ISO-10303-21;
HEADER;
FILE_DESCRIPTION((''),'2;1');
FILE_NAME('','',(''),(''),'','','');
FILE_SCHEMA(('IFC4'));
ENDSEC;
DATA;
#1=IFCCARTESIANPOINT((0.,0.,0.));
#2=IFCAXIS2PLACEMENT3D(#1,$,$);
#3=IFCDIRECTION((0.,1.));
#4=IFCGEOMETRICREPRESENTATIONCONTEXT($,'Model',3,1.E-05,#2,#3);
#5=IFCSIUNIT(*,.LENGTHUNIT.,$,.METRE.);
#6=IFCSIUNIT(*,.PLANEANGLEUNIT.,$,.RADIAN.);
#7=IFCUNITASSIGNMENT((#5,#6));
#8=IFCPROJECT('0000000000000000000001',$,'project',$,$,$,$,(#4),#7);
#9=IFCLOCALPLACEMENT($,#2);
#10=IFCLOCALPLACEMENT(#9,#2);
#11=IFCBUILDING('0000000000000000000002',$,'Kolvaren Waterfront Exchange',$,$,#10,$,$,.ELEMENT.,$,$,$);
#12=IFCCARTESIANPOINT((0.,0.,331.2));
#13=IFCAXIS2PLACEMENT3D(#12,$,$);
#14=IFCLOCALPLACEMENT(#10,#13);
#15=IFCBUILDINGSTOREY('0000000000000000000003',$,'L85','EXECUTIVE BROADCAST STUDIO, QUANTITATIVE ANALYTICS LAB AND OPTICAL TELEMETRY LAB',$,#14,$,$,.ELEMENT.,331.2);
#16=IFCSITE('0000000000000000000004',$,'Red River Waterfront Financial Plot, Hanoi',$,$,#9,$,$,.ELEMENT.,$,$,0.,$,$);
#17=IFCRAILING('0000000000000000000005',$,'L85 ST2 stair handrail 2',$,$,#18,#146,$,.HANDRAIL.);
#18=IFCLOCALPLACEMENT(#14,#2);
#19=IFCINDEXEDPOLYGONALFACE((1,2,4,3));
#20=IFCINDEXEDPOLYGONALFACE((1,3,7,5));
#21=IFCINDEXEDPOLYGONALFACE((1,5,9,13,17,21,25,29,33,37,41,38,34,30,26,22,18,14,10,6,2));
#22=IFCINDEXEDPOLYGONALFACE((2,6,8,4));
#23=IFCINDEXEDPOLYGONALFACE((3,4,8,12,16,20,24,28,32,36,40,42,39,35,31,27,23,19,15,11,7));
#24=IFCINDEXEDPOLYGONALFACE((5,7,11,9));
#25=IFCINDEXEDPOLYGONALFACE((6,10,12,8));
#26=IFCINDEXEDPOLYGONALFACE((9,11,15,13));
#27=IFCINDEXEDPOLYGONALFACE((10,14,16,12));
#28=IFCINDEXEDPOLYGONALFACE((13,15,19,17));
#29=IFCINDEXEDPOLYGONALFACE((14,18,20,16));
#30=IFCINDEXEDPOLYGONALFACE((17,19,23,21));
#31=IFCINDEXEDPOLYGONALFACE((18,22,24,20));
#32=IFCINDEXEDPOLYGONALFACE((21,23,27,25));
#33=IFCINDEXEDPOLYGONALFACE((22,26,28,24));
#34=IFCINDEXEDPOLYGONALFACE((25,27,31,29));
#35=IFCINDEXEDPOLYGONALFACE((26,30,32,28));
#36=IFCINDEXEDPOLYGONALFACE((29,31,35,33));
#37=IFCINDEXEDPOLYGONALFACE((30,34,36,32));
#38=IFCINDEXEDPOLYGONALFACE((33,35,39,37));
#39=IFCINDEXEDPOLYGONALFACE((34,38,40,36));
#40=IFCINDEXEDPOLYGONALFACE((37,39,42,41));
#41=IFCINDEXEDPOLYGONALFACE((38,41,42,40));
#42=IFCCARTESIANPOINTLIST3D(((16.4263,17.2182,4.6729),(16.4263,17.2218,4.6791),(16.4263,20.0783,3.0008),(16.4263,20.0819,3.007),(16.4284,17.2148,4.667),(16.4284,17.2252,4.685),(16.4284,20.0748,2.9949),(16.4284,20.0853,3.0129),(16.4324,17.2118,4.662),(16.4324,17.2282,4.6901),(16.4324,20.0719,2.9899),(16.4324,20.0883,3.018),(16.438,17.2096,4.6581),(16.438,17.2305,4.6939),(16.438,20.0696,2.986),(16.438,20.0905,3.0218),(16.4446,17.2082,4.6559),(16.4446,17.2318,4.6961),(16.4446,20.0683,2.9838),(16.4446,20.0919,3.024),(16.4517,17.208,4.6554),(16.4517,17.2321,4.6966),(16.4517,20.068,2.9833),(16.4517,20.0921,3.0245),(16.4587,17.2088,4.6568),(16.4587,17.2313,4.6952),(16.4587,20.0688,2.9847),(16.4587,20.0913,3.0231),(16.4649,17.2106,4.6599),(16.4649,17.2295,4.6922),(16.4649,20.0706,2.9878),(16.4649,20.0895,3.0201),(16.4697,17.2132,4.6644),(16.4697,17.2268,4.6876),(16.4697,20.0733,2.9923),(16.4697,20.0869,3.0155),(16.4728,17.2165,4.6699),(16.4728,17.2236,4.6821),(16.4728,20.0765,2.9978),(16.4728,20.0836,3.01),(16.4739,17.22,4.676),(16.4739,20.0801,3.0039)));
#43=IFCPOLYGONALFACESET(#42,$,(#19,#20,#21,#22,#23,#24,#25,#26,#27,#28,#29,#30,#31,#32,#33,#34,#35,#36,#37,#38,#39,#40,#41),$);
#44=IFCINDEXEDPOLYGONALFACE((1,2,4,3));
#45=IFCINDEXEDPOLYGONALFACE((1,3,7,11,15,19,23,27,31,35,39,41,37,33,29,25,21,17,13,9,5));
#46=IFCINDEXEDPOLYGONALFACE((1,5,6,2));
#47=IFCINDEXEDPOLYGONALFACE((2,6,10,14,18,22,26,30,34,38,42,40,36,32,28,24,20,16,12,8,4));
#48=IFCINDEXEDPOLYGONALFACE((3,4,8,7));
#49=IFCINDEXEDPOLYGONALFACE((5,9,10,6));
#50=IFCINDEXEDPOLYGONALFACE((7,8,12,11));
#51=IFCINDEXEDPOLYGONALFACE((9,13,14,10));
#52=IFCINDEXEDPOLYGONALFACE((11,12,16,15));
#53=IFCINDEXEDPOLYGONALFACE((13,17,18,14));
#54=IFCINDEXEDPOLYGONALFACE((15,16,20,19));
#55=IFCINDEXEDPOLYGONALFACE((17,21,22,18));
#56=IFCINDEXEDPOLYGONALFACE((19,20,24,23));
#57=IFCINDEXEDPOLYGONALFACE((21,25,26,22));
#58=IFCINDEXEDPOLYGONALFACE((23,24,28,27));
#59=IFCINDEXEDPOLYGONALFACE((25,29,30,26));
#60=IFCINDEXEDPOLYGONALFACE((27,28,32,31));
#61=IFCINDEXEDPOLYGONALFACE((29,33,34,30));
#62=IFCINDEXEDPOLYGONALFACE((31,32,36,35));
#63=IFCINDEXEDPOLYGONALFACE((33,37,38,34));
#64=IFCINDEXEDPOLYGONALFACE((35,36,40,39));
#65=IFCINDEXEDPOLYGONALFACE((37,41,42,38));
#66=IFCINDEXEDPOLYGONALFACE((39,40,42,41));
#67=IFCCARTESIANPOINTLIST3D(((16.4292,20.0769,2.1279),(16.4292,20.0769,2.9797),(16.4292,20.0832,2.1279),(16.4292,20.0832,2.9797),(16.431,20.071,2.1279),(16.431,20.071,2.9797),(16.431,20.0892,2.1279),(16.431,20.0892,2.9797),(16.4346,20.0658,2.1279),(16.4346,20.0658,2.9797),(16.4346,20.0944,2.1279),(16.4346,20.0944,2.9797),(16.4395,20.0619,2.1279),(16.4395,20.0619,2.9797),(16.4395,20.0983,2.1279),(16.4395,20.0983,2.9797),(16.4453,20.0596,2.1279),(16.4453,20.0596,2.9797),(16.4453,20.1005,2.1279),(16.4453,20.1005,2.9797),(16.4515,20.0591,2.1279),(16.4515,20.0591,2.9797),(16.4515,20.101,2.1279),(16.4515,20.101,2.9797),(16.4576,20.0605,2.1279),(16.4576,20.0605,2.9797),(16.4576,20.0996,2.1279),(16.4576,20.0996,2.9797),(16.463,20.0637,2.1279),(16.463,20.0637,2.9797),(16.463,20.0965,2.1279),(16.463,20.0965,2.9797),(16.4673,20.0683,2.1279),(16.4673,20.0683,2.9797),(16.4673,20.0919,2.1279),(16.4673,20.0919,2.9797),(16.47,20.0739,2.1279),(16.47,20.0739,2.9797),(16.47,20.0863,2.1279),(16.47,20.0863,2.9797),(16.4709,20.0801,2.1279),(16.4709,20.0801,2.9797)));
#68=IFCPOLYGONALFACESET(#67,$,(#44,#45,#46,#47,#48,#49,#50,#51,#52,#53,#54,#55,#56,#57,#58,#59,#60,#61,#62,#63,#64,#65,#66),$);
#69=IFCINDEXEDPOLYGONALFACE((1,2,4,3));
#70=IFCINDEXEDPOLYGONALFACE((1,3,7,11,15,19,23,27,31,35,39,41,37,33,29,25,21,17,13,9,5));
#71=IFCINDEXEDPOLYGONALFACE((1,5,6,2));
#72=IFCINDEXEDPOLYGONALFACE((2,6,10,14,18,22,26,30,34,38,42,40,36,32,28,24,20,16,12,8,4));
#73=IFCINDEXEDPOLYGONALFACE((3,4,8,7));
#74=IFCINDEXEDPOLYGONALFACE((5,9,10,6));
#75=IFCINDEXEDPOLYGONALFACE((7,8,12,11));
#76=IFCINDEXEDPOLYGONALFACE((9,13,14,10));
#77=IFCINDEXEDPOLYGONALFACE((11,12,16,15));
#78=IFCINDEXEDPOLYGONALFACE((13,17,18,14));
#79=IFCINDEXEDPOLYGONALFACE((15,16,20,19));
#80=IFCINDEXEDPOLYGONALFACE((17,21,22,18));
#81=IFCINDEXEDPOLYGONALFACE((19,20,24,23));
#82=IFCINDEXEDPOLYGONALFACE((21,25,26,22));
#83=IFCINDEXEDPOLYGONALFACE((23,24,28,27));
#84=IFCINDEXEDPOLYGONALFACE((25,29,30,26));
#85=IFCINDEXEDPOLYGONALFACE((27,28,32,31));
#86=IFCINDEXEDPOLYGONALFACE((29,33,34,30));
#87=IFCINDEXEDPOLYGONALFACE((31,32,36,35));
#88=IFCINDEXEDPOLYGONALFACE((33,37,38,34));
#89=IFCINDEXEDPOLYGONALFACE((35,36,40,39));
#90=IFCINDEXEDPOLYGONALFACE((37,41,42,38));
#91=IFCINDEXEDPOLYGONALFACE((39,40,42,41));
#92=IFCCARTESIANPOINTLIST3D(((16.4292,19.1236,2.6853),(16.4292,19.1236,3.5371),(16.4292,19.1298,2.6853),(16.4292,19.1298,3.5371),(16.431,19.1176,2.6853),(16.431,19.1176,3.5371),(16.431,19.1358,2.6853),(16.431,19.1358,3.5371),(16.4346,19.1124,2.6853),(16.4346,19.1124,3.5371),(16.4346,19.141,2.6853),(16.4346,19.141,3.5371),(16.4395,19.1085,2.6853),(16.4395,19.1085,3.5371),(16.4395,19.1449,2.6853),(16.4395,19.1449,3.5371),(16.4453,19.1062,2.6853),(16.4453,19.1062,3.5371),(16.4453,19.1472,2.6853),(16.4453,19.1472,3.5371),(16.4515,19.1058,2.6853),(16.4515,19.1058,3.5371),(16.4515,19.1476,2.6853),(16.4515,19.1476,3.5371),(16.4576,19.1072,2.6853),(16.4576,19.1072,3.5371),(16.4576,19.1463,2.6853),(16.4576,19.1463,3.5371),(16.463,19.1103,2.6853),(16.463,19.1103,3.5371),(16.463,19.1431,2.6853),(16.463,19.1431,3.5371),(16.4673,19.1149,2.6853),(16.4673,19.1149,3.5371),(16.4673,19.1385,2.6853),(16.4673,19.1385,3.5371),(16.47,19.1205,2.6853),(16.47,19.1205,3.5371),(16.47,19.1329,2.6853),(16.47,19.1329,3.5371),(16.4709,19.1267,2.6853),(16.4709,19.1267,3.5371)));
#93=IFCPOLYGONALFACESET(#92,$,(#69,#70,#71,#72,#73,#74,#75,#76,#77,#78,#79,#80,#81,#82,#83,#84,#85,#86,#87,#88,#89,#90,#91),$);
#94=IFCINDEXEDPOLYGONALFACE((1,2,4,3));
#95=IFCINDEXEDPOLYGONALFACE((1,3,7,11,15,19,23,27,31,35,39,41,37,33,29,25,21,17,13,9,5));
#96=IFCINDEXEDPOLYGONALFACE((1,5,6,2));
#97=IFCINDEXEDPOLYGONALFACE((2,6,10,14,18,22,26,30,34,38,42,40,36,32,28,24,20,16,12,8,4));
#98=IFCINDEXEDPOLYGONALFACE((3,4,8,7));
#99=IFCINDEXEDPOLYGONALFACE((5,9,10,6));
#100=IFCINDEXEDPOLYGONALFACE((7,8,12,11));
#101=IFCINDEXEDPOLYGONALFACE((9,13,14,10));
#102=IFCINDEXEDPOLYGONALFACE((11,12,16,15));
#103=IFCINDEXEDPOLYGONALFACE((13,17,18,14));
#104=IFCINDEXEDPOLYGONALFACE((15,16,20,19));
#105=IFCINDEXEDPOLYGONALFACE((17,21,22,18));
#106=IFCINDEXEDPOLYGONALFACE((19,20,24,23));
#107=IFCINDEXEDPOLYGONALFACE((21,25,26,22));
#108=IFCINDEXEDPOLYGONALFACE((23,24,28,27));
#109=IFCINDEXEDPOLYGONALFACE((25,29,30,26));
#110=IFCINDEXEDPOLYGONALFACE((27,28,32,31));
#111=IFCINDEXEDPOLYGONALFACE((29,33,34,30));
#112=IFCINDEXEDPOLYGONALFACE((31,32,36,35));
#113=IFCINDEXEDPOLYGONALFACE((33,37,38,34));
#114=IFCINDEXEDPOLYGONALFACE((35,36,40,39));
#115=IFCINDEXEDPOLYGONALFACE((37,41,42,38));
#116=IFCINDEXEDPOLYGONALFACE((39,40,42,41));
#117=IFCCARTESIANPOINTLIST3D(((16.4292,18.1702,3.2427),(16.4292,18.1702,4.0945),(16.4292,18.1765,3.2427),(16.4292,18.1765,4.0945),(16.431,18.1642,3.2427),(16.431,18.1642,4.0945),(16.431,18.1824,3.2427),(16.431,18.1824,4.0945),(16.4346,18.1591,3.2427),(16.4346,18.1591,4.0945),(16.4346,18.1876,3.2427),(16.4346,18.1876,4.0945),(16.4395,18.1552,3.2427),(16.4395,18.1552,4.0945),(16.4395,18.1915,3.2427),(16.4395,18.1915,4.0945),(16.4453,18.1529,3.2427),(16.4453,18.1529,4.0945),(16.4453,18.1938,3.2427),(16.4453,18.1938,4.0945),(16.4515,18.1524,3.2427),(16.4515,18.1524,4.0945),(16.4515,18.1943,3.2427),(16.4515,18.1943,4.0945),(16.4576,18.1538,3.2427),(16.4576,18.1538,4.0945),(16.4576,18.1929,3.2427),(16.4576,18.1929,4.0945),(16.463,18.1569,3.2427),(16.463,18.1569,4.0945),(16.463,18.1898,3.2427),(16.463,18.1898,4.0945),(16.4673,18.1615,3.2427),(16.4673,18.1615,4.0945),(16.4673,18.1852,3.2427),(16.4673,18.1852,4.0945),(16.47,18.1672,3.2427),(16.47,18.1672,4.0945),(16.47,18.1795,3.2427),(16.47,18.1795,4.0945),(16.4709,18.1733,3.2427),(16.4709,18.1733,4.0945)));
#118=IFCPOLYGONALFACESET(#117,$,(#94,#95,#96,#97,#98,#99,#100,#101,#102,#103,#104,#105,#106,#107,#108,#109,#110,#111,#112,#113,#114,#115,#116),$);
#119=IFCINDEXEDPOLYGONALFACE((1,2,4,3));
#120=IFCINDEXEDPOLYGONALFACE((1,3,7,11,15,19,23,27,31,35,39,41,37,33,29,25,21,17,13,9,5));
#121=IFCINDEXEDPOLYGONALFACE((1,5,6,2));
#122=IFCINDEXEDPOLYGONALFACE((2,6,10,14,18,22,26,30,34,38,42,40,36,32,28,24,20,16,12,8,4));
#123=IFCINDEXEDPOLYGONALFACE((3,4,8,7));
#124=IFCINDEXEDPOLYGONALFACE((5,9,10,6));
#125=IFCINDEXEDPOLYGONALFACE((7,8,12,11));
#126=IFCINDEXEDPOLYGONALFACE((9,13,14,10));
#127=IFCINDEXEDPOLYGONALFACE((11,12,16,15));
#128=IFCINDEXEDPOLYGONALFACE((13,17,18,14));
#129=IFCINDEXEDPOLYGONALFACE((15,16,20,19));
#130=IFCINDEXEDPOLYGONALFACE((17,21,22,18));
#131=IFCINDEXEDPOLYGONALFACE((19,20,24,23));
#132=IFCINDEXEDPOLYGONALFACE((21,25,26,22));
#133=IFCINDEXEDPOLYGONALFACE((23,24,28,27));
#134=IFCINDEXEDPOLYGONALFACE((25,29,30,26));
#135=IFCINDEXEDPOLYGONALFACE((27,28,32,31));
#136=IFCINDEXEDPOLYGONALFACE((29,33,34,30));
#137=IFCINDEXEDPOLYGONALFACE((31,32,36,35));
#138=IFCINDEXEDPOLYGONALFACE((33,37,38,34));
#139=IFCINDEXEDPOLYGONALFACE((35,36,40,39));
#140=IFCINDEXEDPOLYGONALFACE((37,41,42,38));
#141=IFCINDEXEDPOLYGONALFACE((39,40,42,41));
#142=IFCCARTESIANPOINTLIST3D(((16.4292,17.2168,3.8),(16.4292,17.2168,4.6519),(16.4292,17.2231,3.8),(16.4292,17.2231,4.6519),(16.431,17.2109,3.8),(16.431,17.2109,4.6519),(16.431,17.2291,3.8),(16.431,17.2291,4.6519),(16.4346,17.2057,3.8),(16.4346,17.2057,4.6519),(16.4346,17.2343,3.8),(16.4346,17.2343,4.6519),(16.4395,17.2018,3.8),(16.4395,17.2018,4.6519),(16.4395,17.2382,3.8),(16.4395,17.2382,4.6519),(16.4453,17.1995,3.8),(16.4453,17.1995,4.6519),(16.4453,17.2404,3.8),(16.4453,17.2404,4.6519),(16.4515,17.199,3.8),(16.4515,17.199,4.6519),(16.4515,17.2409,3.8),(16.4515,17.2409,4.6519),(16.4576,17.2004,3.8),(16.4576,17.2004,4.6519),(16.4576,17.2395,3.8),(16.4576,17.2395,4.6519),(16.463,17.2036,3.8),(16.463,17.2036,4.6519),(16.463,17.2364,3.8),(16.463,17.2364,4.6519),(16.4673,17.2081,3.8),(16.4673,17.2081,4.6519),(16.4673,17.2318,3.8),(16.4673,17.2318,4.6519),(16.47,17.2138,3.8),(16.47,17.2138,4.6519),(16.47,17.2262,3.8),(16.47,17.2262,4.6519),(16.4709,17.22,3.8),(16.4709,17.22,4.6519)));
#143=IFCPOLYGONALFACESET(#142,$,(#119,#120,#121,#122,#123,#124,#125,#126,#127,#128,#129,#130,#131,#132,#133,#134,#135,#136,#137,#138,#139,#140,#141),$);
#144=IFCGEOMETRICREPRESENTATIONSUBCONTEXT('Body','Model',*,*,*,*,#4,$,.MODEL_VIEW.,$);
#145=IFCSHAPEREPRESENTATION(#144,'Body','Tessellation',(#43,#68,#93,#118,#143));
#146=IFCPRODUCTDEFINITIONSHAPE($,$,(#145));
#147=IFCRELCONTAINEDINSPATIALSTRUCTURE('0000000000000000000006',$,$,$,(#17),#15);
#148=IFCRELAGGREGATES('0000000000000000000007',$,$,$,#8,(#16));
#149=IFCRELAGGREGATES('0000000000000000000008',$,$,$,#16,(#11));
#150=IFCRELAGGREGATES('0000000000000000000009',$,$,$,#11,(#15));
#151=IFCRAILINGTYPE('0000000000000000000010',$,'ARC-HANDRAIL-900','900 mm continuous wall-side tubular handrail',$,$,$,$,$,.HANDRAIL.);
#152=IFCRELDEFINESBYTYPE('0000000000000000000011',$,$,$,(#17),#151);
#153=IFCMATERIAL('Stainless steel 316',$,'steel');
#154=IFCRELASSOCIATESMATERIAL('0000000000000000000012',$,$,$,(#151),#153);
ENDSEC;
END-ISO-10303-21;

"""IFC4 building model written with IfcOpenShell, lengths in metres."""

from ifc_helpers import new_model, si_unit, direction, frame, origin, origin_2d, place, context, subcontext, project, spatial, circle, extrude, material, type_object, element, save


model = new_model("IFC4")

# Units and contexts
model_context = context("Model", 3, precision=1e-05, world=origin(), true_north=direction((0.0, 1.0)))
body_context = subcontext(model_context, "Body", "Model", "MODEL_VIEW")
ifc_project = project(units=[si_unit("LENGTHUNIT", "METRE"), si_unit("PLANEANGLEUNIT", "RADIAN")], contexts=[model_context])

# Site, building, storey
site_placement = place(None, origin())
site = spatial("IfcSite", under=ifc_project, at=site_placement, Name="Red River Waterfront Financial Plot, Hanoi", CompositionType="ELEMENT", RefElevation=0.0)
building_placement = place(site_placement, origin())
building = spatial("IfcBuilding", under=site, at=building_placement, Name="Kolvaren Waterfront Exchange", CompositionType="ELEMENT")
storey_placement = place(building_placement, frame((0.0, 0.0, 331.2)))
storey = spatial("IfcBuildingStorey", under=building, at=storey_placement, Name="L85", Description="EXECUTIVE BROADCAST STUDIO, QUANTITATIVE ANALYTICS LAB AND OPTICAL TELEMETRY LAB", CompositionType="ELEMENT", Elevation=331.2)

# Railing
ifc_material_1 = material(Name="Stainless steel 316", Category="steel")
railing_type = type_object("IfcRailingType", Name="ARC-HANDRAIL-900", Description="900 mm continuous wall-side tubular handrail", PredefinedType="HANDRAIL", material=ifc_material_1)
railing_1_placement = place(storey_placement, frame((16.45, 20.0801, 2.1279)))
element("IfcRailing", 1, at=railing_1_placement, inside=storey, type_object=railing_type, Name="L85 ST2 stair handrail 2", PredefinedType="HANDRAIL", context=body_context, shape_type="SweptSolid", body=[
    extrude(circle(Radius=0.0239, at=origin_2d()), frame((0.0, 0.0, 0.876), z_axis=(0.0, -0.863289, 0.504709), x_axis=(1.0, 0.0, 0.0)), (0.0, 0.0, 1.0), 3.313),
    extrude(circle(Radius=0.021, at=origin_2d()), origin(), (0.0, 0.0, 1.0), 0.8518),
    extrude(circle(Radius=0.021, at=origin_2d()), frame((0.0, -0.9534, 0.5574)), (0.0, 0.0, 1.0), 0.8518),
    extrude(circle(Radius=0.021, at=origin_2d()), frame((0.0, -1.9067, 1.1147)), (0.0, 0.0, 1.0), 0.8518),
    extrude(circle(Radius=0.021, at=origin_2d()), frame((0.0, -2.8601, 1.6721)), (0.0, 0.0, 1.0), 0.8518),
])

save(model, "model.ifc")
